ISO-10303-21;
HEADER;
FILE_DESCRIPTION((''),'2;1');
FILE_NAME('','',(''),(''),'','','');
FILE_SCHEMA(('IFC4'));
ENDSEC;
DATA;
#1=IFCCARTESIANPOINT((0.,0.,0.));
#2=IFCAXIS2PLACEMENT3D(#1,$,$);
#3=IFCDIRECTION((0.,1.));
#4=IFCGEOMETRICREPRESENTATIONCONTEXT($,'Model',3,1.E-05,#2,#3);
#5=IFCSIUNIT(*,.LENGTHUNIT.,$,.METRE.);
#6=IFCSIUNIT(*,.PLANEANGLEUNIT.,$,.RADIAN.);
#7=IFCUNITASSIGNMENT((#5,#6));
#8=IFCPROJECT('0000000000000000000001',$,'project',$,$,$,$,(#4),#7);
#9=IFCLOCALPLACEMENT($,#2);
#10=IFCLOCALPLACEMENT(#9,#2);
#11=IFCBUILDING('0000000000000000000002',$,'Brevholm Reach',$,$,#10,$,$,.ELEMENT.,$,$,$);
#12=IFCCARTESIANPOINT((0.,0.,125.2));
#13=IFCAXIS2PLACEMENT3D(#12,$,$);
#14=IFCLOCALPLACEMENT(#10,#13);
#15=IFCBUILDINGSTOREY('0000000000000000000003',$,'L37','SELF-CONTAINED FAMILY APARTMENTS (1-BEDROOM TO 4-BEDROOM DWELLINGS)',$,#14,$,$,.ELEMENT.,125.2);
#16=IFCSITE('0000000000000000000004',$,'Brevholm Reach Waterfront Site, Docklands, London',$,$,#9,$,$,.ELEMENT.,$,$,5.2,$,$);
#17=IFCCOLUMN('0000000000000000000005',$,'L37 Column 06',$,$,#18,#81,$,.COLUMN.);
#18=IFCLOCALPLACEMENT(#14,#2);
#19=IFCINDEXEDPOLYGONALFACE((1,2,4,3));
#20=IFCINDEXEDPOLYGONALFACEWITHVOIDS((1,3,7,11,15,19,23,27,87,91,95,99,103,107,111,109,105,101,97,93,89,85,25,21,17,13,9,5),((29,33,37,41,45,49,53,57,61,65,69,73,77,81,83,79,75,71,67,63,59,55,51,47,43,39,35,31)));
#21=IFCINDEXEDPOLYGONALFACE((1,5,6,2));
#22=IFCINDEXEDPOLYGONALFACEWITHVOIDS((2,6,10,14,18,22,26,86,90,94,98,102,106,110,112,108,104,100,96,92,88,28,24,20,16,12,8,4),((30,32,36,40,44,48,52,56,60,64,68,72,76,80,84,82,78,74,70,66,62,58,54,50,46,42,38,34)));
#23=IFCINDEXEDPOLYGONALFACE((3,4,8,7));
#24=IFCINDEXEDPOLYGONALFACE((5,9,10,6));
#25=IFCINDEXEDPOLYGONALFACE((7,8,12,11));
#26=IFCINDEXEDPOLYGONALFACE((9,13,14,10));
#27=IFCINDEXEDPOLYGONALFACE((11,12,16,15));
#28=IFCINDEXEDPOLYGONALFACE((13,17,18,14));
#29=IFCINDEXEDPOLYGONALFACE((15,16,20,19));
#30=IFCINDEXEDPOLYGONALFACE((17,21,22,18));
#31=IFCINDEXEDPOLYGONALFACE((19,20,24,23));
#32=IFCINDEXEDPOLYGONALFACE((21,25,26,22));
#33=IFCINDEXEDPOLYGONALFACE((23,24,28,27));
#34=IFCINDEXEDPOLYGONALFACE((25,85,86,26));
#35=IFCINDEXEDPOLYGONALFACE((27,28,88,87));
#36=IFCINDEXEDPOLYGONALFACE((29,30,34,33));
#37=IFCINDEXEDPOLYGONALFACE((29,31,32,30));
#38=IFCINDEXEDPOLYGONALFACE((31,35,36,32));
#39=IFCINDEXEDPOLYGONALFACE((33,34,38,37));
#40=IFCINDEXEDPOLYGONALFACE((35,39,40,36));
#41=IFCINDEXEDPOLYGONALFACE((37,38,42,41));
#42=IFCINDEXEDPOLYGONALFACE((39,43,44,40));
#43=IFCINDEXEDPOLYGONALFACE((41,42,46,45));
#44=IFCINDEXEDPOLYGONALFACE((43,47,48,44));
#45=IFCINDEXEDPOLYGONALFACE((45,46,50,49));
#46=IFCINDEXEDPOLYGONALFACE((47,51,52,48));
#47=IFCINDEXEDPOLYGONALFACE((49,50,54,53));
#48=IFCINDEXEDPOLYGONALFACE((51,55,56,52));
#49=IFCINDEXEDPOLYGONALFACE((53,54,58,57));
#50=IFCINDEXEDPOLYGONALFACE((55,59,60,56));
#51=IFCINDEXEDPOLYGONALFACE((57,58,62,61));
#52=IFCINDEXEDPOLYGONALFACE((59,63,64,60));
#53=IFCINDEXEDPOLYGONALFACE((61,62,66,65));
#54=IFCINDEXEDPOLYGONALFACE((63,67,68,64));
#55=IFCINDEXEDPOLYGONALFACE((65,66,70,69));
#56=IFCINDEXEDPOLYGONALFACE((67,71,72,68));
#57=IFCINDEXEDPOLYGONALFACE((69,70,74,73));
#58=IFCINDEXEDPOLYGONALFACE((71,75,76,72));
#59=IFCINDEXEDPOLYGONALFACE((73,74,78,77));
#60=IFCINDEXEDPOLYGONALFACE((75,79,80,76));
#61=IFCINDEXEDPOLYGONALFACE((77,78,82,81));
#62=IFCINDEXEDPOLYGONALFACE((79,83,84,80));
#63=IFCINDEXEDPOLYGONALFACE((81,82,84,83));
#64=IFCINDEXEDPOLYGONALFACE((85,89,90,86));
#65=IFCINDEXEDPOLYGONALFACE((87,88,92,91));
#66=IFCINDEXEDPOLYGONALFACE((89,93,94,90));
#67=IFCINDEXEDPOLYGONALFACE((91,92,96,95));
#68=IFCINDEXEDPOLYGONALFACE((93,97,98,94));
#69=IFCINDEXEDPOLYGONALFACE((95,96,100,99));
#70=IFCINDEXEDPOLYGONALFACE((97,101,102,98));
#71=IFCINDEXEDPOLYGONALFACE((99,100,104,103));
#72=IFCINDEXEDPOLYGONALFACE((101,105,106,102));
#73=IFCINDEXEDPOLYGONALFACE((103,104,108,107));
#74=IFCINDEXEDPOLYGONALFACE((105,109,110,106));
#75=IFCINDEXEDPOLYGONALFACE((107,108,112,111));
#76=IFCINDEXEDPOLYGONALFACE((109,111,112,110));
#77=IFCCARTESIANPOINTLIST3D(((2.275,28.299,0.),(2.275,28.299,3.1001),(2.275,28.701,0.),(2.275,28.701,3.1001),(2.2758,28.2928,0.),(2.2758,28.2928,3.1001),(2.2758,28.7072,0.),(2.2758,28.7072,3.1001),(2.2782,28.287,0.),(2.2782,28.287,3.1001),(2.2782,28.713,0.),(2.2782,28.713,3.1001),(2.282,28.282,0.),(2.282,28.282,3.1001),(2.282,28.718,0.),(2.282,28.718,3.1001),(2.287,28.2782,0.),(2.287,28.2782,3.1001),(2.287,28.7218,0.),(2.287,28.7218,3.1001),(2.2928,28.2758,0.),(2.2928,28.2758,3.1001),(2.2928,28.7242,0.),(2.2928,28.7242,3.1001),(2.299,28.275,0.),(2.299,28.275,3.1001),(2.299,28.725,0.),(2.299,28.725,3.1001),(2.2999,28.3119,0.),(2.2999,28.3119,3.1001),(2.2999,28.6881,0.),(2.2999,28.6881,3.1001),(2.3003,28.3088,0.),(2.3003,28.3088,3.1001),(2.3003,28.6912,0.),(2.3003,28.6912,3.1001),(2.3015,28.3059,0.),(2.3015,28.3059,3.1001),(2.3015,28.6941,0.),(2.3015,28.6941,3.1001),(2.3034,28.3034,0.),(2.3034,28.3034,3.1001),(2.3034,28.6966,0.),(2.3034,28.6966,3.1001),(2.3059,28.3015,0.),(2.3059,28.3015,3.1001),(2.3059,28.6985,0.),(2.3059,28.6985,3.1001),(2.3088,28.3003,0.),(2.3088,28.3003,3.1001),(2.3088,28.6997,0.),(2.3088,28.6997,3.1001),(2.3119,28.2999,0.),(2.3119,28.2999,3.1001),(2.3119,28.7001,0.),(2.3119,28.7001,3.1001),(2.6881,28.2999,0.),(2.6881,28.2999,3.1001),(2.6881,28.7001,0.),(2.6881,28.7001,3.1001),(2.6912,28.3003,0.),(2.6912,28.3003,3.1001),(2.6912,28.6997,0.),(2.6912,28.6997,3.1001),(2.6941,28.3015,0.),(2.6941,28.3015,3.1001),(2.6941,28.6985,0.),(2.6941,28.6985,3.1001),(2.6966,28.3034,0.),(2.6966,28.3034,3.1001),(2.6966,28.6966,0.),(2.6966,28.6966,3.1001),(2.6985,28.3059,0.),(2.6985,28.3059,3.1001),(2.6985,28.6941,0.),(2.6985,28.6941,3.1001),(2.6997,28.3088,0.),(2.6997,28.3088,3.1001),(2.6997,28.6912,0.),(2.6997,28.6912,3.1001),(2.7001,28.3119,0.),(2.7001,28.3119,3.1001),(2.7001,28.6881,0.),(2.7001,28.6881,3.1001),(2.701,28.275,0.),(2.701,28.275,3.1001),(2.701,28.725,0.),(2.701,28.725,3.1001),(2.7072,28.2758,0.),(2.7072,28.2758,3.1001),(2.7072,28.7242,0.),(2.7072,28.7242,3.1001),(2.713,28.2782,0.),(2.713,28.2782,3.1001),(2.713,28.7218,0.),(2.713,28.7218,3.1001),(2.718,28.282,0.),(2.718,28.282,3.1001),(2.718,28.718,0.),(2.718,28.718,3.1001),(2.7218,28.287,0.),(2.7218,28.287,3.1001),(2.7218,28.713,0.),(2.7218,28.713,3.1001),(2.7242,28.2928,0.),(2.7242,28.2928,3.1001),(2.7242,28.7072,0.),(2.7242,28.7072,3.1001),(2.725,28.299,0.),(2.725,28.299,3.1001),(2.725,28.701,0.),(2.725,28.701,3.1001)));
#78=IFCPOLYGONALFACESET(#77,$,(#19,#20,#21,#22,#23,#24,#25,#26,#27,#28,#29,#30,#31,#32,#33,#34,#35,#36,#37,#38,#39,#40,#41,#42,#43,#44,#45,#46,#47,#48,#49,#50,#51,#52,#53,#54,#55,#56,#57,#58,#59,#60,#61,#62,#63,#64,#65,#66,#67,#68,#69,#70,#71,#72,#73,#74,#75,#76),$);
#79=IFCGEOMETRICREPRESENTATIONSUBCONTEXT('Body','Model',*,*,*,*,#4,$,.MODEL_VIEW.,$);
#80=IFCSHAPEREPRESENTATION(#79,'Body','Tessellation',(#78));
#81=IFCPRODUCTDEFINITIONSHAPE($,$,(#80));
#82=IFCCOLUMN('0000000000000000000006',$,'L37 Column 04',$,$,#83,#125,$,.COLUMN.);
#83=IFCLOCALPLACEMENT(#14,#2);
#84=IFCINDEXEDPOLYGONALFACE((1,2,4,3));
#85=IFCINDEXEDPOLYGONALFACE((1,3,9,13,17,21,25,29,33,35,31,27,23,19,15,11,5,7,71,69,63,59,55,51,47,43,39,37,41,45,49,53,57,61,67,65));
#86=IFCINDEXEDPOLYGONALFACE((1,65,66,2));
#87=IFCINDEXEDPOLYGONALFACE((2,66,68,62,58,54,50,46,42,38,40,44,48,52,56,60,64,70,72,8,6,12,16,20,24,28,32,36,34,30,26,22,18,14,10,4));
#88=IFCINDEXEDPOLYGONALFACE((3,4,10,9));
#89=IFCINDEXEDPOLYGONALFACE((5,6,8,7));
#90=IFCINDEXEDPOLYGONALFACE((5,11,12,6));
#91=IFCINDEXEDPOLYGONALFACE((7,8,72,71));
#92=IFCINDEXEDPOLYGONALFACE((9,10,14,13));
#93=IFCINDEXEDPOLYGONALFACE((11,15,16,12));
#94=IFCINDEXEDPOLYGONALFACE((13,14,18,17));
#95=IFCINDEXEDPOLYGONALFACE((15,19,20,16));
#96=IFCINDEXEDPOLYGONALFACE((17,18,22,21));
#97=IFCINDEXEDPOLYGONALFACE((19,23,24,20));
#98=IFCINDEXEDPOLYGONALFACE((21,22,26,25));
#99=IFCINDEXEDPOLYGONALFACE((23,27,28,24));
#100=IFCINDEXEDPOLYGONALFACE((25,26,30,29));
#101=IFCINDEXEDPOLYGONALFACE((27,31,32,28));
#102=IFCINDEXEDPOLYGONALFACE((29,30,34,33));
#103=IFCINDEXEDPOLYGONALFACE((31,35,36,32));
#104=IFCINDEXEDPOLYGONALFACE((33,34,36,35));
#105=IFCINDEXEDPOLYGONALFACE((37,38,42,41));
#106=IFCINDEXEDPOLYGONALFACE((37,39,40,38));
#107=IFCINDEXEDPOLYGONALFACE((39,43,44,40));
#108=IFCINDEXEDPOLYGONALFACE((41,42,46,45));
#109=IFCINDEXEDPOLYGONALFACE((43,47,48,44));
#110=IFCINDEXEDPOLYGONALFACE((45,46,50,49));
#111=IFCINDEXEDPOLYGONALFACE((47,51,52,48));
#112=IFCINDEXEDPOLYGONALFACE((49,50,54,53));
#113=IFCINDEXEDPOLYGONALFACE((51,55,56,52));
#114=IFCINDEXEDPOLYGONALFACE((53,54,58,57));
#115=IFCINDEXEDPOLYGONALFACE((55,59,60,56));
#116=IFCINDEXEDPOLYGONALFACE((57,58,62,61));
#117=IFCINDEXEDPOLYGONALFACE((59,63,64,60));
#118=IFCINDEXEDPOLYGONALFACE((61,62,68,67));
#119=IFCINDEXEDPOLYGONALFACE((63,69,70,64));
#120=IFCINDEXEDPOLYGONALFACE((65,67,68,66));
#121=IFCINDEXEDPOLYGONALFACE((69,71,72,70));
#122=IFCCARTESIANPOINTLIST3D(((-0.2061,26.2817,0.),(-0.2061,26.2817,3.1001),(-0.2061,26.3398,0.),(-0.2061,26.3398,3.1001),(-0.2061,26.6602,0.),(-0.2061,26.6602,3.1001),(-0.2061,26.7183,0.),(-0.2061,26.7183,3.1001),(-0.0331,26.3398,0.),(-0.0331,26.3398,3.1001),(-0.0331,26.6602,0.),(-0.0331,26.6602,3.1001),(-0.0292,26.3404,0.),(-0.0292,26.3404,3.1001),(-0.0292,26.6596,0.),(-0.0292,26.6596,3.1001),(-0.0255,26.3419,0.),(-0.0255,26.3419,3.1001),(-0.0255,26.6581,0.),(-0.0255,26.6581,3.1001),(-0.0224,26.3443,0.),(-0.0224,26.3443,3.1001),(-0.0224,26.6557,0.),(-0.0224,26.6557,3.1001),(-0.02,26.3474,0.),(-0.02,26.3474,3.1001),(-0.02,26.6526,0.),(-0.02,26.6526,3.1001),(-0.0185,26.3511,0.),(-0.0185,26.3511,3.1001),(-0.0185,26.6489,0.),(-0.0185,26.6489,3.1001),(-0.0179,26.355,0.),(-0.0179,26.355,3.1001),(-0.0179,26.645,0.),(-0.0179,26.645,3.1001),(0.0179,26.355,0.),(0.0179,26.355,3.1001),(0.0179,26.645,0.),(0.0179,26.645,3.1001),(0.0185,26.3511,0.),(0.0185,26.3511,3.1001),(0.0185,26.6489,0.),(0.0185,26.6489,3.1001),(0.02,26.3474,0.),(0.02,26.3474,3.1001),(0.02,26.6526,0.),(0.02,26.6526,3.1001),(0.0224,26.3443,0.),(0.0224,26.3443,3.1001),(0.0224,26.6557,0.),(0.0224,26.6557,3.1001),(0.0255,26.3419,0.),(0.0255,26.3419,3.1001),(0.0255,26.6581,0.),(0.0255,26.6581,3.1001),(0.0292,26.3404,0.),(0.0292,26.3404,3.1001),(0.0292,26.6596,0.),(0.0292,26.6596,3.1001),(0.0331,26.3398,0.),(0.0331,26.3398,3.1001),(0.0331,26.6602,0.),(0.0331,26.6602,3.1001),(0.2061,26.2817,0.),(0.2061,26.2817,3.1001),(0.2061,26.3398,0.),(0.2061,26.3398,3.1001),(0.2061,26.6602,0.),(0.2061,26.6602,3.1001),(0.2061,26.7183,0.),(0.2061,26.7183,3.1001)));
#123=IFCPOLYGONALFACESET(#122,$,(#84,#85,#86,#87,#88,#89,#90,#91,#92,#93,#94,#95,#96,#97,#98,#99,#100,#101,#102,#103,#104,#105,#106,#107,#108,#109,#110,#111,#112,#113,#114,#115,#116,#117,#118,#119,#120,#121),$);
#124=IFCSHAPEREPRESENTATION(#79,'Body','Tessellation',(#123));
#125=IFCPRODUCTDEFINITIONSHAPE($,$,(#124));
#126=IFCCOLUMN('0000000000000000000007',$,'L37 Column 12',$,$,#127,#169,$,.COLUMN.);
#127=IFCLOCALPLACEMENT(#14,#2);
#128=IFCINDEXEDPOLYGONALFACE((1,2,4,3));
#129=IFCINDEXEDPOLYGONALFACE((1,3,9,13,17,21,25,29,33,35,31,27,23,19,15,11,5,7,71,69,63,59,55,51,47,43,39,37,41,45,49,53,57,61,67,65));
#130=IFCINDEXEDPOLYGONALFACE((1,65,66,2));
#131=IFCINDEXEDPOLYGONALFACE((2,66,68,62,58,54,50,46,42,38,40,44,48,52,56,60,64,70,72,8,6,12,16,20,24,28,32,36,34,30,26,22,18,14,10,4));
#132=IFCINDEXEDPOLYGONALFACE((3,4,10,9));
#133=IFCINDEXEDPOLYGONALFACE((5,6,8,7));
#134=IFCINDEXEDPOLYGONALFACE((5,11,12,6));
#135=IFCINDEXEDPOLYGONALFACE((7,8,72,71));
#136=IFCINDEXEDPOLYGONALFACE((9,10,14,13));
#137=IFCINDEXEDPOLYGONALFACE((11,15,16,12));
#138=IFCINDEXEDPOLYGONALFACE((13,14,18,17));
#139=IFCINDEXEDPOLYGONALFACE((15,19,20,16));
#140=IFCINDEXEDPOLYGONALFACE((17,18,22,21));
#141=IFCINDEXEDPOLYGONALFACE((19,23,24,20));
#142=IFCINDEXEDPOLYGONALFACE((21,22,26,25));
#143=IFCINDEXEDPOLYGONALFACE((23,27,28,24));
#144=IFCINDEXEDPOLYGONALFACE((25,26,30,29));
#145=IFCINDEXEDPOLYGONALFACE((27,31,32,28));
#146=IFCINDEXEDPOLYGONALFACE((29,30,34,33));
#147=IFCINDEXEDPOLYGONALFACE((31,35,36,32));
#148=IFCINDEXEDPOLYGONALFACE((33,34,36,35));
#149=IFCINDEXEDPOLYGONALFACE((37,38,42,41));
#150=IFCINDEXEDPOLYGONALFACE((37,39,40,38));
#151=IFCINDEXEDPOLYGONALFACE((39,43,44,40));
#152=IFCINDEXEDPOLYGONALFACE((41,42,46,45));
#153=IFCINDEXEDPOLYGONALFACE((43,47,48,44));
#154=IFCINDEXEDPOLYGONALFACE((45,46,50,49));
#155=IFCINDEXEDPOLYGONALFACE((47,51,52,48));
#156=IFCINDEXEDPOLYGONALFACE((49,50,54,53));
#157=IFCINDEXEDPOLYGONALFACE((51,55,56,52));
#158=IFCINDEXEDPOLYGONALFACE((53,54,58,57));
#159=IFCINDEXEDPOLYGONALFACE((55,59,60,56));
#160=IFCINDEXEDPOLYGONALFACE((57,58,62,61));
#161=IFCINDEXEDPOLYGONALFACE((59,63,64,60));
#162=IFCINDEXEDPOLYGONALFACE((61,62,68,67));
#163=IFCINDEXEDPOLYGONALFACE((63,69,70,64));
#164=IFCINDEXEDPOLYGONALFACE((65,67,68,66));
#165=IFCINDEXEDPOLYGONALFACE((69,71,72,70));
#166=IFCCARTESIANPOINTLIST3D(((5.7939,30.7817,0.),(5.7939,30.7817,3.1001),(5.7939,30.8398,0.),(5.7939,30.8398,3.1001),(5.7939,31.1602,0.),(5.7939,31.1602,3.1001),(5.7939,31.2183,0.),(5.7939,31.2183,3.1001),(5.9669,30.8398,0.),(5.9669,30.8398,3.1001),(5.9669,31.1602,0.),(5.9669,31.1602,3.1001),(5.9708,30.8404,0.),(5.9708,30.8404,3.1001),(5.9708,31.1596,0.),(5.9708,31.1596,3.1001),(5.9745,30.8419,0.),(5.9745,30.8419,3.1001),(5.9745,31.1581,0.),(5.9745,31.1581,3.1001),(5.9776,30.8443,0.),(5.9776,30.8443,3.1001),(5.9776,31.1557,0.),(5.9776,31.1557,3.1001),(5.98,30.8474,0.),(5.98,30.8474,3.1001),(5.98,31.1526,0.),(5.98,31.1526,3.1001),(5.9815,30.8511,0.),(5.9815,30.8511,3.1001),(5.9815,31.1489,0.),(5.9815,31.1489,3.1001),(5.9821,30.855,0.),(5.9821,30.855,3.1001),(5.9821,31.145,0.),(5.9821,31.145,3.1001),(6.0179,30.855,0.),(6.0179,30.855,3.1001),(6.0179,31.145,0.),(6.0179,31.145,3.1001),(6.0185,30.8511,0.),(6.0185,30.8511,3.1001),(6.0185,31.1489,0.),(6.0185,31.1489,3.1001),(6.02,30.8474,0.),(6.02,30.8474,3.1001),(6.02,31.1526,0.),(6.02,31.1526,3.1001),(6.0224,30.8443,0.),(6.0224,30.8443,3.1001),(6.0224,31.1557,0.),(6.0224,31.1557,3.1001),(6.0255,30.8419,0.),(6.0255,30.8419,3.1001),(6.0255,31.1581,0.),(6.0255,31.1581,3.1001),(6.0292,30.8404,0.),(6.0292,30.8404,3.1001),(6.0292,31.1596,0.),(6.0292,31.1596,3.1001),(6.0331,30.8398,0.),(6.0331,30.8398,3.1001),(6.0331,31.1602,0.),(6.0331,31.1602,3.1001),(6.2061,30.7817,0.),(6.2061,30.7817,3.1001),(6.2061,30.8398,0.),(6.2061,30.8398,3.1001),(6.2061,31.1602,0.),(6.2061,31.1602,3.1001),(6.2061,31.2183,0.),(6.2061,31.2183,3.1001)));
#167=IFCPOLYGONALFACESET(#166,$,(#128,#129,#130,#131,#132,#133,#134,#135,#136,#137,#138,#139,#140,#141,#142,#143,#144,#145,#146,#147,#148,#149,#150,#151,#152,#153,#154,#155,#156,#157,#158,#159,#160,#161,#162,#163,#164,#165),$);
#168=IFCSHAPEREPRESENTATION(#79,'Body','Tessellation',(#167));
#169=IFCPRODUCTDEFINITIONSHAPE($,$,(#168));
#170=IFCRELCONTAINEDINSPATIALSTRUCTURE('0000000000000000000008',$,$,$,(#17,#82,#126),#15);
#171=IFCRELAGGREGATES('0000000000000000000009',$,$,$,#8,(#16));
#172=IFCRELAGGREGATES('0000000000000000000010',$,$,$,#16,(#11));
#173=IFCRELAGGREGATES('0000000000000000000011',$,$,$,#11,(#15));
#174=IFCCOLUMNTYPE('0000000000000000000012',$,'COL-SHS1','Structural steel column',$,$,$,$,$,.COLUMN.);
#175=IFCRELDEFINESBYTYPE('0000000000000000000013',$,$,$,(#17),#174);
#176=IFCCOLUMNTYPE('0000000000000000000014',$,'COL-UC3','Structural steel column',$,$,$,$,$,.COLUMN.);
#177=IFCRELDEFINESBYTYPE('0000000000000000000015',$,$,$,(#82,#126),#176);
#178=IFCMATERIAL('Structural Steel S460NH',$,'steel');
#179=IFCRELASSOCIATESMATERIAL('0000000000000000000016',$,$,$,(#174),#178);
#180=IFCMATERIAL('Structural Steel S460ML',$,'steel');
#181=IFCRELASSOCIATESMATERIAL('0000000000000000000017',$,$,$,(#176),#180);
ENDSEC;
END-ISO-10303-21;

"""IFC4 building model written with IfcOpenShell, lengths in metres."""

from ifc_helpers import new_model, si_unit, direction, frame, origin, origin_2d, place, context, subcontext, project, spatial, hollow_rectangle, i_section, extrude, material, material_profile, profile_set, type_object, element, save


model = new_model("IFC4")

# Units and contexts
model_context = context("Model", 3, precision=1e-05, world=origin(), true_north=direction((0.0, 1.0)))
body_context = subcontext(model_context, "Body", "Model", "MODEL_VIEW")
ifc_project = project(units=[si_unit("LENGTHUNIT", "METRE"), si_unit("PLANEANGLEUNIT", "RADIAN")], contexts=[model_context])

# Site, building, storey
site_placement = place(None, origin())
site = spatial("IfcSite", under=ifc_project, at=site_placement, Name="Brevholm Reach Waterfront Site, Docklands, London", CompositionType="ELEMENT", RefElevation=5.2)
building_placement = place(site_placement, origin())
building = spatial("IfcBuilding", under=site, at=building_placement, Name="Brevholm Reach", CompositionType="ELEMENT")
storey_placement = place(building_placement, frame((0.0, 0.0, 125.2)))
storey = spatial("IfcBuildingStorey", under=building, at=storey_placement, Name="L37", Description="SELF-CONTAINED FAMILY APARTMENTS (1-BEDROOM TO 4-BEDROOM DWELLINGS)", CompositionType="ELEMENT", Elevation=125.2)

# Columns
ifc_material_1 = material(Name="Structural Steel S460NH", Category="steel")
ifc_material_profile_1 = material_profile(ifc_material_1, hollow_rectangle(XDim=0.45, YDim=0.45, WallThickness=0.0249, InnerFilletRadius=0.012, OuterFilletRadius=0.0239, at=origin_2d()), Name="SHS 450x450x25")
ifc_profile_set_1 = profile_set([ifc_material_profile_1], Name="Structural Steel S460NH")
column_type_1 = type_object("IfcColumnType", Name="COL-SHS1", Description="Structural steel column", PredefinedType="COLUMN", material=ifc_profile_set_1)
column_placement = place(storey_placement, frame((2.5, 28.5, 0.0), z_axis=(0.0, 0.0, 1.0), x_axis=(1.0, 0.0, 0.0)))
element("IfcColumn", 1, at=column_placement, inside=storey, type_object=column_type_1, Name="L37 Column 06", PredefinedType="COLUMN", context=body_context, shape_type="SweptSolid", body=[
    extrude(hollow_rectangle(XDim=0.45, YDim=0.45, WallThickness=0.0249, InnerFilletRadius=0.012, OuterFilletRadius=0.0239, at=origin_2d()), origin(), (0.0, 0.0, 1.0), 3.1001),
])
ifc_material_2 = material(Name="Structural Steel S460ML", Category="steel")
ifc_material_profile_2 = material_profile(ifc_material_2, i_section(OverallWidth=0.4121, OverallDepth=0.4365, WebThickness=0.0359, FlangeThickness=0.0581, FilletRadius=0.0151, at=origin_2d()), Name="UKC 356x406x467")
ifc_profile_set_2 = profile_set([ifc_material_profile_2], Name="Structural Steel S460ML")
column_type_2 = type_object("IfcColumnType", Name="COL-UC3", Description="Structural steel column", PredefinedType="COLUMN", material=ifc_profile_set_2)
for number, where, z_axis, x_axis, name in (
    (2, (0.0, 26.5, 0.0), (0.0, 0.0, 1.0), (1.0, 0.0, 0.0), "L37 Column 04"),
    (3, (6.0, 31.0, 0.0), (0.0, 0.0, 1.0), (1.0, 0.0, 0.0), "L37 Column 12"),
):
    element("IfcColumn", number, at=place(storey_placement, frame(where, z_axis=z_axis, x_axis=x_axis)), inside=storey, type_object=column_type_2, Name=name, PredefinedType="COLUMN", context=body_context, shape_type="SweptSolid", body=[
        extrude(i_section(OverallWidth=0.4121, OverallDepth=0.4365, WebThickness=0.0359, FlangeThickness=0.0581, FilletRadius=0.0151, at=origin_2d()), origin(), (0.0, 0.0, 1.0), 3.1001),
    ])

save(model, "model.ifc")
